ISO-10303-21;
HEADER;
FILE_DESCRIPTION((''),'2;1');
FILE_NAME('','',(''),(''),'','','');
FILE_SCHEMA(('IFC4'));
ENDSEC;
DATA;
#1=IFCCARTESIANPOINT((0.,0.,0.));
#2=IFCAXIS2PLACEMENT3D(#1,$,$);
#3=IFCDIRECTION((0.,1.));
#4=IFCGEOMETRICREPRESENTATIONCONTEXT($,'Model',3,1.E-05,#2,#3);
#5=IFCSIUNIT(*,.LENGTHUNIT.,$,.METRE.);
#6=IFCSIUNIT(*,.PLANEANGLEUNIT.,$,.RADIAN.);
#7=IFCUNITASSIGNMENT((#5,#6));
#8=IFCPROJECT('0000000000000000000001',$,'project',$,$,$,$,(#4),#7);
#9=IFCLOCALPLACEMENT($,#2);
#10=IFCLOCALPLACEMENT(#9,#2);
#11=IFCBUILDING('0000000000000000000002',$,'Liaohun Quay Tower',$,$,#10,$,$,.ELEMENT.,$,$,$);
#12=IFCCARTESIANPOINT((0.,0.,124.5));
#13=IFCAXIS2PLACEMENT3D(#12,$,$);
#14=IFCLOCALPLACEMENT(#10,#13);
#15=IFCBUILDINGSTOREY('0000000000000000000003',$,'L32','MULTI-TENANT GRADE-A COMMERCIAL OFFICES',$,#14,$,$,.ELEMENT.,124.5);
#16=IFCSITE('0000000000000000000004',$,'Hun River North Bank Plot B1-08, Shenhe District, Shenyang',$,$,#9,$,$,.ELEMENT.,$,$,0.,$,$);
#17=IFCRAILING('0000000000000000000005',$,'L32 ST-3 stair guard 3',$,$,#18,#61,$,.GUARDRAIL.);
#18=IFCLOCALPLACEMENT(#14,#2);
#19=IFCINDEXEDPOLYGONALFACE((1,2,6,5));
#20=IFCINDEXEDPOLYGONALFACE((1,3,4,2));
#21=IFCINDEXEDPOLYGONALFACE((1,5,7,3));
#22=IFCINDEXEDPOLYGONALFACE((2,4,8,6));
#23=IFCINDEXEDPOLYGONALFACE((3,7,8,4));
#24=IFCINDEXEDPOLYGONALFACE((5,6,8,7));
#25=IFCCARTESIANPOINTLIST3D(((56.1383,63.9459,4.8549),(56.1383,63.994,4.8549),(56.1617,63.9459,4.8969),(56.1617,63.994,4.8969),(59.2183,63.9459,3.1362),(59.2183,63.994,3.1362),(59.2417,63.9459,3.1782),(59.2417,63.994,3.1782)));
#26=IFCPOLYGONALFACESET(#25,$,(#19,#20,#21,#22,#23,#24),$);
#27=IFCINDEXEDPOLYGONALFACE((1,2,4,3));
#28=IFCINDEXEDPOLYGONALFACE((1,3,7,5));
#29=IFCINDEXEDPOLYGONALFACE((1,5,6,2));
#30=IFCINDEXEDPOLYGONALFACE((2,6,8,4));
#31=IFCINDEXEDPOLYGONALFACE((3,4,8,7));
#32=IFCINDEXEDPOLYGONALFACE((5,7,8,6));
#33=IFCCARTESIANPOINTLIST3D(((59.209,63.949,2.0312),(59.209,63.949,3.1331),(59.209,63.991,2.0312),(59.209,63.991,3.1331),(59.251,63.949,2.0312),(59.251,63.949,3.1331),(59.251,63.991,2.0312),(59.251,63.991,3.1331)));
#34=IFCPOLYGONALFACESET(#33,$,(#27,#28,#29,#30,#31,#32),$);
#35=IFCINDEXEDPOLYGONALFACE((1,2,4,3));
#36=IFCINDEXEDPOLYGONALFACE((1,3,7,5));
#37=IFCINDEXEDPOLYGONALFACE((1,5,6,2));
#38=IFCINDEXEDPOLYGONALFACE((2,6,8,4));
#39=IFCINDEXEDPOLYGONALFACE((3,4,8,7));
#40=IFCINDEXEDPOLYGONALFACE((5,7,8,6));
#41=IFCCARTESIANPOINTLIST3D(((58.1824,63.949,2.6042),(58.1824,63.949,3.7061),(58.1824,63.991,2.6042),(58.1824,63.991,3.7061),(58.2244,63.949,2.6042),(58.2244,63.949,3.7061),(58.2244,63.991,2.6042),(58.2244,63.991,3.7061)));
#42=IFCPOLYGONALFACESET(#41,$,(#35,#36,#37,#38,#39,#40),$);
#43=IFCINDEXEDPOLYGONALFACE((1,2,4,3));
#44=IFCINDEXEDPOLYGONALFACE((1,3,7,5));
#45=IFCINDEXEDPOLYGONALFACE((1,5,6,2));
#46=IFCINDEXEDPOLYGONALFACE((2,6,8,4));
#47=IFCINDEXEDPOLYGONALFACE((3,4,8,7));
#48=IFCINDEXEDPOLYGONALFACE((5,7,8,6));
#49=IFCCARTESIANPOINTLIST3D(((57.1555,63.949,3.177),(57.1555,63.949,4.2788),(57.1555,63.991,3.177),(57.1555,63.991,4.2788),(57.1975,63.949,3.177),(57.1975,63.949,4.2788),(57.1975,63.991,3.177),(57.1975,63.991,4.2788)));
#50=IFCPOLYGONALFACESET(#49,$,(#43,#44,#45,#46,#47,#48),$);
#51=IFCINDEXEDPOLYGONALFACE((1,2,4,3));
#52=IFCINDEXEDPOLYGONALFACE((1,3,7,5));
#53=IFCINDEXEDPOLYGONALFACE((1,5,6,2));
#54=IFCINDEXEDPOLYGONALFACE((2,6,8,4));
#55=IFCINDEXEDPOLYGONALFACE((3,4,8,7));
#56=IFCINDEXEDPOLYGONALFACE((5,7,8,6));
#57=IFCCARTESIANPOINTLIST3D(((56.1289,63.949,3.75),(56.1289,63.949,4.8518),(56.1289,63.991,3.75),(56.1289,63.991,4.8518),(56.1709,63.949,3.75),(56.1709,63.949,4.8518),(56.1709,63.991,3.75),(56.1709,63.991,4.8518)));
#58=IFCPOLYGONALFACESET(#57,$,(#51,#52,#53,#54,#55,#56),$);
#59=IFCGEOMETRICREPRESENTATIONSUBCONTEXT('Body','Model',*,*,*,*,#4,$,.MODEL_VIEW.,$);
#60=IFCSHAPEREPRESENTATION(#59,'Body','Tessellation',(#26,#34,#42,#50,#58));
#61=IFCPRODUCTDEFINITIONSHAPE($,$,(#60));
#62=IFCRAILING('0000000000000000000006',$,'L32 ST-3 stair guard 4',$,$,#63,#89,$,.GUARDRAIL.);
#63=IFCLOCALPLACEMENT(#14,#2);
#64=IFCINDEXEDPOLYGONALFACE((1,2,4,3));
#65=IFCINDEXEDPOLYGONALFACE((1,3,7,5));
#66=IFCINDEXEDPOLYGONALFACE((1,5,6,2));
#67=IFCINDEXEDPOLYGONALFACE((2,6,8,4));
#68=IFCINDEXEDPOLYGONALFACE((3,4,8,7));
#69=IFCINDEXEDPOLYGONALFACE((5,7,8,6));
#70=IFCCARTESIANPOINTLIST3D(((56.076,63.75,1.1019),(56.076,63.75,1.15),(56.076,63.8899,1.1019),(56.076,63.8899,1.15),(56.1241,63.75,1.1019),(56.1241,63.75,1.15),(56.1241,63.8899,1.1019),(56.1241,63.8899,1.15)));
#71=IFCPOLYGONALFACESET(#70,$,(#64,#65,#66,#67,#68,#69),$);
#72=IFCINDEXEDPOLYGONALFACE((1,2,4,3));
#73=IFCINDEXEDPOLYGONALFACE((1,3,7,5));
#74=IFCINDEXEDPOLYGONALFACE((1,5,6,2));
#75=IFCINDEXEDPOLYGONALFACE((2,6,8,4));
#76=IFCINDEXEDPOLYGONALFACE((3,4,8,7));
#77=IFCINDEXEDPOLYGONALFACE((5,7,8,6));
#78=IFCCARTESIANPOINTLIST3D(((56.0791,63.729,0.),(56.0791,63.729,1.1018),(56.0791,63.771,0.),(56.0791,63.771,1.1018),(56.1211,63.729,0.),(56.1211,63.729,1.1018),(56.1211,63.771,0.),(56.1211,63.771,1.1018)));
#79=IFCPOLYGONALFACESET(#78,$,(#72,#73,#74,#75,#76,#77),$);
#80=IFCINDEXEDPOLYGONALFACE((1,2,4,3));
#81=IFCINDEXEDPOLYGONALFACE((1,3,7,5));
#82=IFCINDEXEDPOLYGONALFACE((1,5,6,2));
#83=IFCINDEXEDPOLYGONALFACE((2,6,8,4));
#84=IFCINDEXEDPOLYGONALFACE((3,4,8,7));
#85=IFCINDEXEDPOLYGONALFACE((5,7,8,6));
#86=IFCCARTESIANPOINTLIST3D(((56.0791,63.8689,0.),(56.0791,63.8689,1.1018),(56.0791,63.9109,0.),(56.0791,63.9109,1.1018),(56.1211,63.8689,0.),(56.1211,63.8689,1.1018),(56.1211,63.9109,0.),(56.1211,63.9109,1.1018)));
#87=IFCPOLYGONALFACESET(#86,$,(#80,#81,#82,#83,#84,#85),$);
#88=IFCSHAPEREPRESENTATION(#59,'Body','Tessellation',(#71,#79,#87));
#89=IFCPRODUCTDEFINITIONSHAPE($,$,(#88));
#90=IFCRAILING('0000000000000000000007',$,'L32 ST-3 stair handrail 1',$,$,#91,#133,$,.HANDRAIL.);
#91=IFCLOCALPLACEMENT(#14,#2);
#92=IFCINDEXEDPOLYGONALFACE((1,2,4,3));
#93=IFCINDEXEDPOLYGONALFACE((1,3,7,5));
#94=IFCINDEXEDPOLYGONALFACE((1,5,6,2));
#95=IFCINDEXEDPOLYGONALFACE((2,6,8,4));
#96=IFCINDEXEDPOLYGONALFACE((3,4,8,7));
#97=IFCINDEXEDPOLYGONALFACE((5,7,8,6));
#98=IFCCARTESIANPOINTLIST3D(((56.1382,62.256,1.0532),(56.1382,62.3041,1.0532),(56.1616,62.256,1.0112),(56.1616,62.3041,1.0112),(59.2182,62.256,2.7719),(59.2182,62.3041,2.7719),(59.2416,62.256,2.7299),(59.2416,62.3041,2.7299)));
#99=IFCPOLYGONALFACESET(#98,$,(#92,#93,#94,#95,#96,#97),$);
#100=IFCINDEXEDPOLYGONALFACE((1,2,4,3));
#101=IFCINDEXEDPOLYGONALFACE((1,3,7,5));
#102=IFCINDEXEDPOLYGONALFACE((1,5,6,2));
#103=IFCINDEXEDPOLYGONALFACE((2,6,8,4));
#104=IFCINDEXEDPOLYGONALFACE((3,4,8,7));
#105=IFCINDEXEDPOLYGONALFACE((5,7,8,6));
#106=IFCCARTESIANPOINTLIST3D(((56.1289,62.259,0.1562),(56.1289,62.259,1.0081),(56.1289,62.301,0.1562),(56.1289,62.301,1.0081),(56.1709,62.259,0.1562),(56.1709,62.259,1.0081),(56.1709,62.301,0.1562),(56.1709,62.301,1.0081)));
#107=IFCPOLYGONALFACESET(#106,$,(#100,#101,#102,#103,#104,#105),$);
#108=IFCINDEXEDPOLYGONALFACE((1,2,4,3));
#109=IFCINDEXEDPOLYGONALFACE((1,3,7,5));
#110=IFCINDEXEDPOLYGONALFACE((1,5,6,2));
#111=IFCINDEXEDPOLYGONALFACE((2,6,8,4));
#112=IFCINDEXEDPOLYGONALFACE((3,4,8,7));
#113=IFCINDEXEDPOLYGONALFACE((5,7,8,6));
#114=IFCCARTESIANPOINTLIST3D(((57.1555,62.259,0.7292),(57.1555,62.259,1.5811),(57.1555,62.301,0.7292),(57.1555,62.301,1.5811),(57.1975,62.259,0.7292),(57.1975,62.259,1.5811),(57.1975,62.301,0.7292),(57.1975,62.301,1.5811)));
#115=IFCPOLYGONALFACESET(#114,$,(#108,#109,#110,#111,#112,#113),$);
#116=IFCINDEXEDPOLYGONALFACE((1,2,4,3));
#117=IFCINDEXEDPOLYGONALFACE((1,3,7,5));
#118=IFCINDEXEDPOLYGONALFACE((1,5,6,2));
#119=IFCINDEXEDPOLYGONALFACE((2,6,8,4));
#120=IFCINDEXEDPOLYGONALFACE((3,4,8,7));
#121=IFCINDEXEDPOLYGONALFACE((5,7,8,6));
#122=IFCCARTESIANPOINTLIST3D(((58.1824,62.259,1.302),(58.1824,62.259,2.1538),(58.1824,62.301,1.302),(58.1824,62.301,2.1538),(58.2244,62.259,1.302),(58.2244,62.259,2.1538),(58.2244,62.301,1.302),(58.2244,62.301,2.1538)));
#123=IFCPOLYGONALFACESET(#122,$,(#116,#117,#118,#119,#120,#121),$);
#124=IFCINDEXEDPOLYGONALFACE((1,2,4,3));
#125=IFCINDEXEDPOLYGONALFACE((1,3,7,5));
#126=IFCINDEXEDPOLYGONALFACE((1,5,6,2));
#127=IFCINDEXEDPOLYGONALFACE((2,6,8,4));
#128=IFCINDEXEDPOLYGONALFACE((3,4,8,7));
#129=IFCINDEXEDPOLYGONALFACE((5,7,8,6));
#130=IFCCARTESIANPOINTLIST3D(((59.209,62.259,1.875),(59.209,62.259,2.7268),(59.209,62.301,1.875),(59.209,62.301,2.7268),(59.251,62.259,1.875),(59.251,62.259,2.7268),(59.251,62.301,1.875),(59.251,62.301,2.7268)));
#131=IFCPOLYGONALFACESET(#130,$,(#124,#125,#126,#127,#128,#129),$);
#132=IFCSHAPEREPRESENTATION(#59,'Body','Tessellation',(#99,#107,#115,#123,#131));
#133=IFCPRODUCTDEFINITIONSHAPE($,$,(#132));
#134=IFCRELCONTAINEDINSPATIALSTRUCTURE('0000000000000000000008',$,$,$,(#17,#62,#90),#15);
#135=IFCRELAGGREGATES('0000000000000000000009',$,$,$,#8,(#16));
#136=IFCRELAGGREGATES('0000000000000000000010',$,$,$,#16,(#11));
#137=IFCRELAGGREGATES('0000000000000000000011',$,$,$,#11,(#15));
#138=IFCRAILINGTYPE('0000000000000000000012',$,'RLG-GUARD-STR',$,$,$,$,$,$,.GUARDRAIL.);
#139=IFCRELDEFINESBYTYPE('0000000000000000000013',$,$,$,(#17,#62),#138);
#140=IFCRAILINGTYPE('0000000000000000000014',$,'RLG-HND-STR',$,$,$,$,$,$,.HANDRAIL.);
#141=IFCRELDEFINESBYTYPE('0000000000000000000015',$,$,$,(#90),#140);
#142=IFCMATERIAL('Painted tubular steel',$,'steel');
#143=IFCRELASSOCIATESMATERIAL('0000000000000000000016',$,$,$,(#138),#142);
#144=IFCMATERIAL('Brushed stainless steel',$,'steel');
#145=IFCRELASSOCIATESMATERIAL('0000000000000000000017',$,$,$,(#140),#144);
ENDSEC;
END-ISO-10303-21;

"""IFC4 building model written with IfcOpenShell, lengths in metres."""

from ifc_helpers import new_model, si_unit, direction, frame, origin, origin_2d, place, context, subcontext, project, spatial, rectangle, extrude, material, type_object, element, save


model = new_model("IFC4")

# Units and contexts
model_context = context("Model", 3, precision=1e-05, world=origin(), true_north=direction((0.0, 1.0)))
body_context = subcontext(model_context, "Body", "Model", "MODEL_VIEW")
ifc_project = project(units=[si_unit("LENGTHUNIT", "METRE"), si_unit("PLANEANGLEUNIT", "RADIAN")], contexts=[model_context])

# Site, building, storey
site_placement = place(None, origin())
site = spatial("IfcSite", under=ifc_project, at=site_placement, Name="Hun River North Bank Plot B1-08, Shenhe District, Shenyang", CompositionType="ELEMENT", RefElevation=0.0)
building_placement = place(site_placement, origin())
building = spatial("IfcBuilding", under=site, at=building_placement, Name="Liaohun Quay Tower", CompositionType="ELEMENT")
storey_placement = place(building_placement, frame((0.0, 0.0, 124.5)))
storey = spatial("IfcBuildingStorey", under=building, at=storey_placement, Name="L32", Description="MULTI-TENANT GRADE-A COMMERCIAL OFFICES", CompositionType="ELEMENT", Elevation=124.5)

# Railings
ifc_material_1 = material(Name="Painted tubular steel", Category="steel")
railing_type_1 = type_object("IfcRailingType", Name="RLG-GUARD-STR", PredefinedType="GUARDRAIL", material=ifc_material_1)
railing_1_placement = place(storey_placement, frame((59.23, 63.97, 2.0312)))
element("IfcRailing", 1, at=railing_1_placement, inside=storey, type_object=railing_type_1, Name="L32 ST-3 stair guard 3", PredefinedType="GUARDRAIL", context=body_context, shape_type="SweptSolid", body=[
    extrude(rectangle(XDim=0.0481, YDim=0.0481, at=origin_2d()), frame((0.0, 0.0, 1.126), z_axis=(-0.873242, 0.0, 0.487288), x_axis=(0.0, -1.0, 0.0)), (0.0, 0.0, 1.0), 3.5271),
    extrude(rectangle(XDim=0.042, YDim=0.042, at=origin_2d()), origin(), (0.0, 0.0, 1.0), 1.1018),
    extrude(rectangle(XDim=0.042, YDim=0.042, at=origin_2d()), frame((-1.0266, 0.0, 0.573)), (0.0, 0.0, 1.0), 1.1018),
    extrude(rectangle(XDim=0.042, YDim=0.042, at=origin_2d()), frame((-2.0535, 0.0, 1.1458)), (0.0, 0.0, 1.0), 1.1018),
    extrude(rectangle(XDim=0.042, YDim=0.042, at=origin_2d()), frame((-3.0801, 0.0, 1.7188)), (0.0, 0.0, 1.0), 1.1018),
])
railing_2_placement = place(storey_placement, frame((56.1001, 63.75, 0.0)))
element("IfcRailing", 2, at=railing_2_placement, inside=storey, type_object=railing_type_1, Name="L32 ST-3 stair guard 4", PredefinedType="GUARDRAIL", context=body_context, shape_type="SweptSolid", body=[
    extrude(rectangle(XDim=0.0481, YDim=0.0481, at=origin_2d()), frame((0.0, 0.0, 1.126), z_axis=(0.0, 1.0, 0.0), x_axis=(-1.0, 0.0, 0.0)), (0.0, 0.0, 1.0), 0.1399),
    extrude(rectangle(XDim=0.042, YDim=0.042, at=origin_2d()), origin(), (0.0, 0.0, 1.0), 1.1018),
    extrude(rectangle(XDim=0.042, YDim=0.042, at=origin_2d()), frame((0.0, 0.1399, 0.0)), (0.0, 0.0, 1.0), 1.1018),
])
ifc_material_2 = material(Name="Brushed stainless steel", Category="steel")
railing_type_2 = type_object("IfcRailingType", Name="RLG-HND-STR", PredefinedType="HANDRAIL", material=ifc_material_2)
railing_3_placement = place(storey_placement, frame((56.1499, 62.28, 0.1562)))
element("IfcRailing", 3, at=railing_3_placement, inside=storey, type_object=railing_type_2, Name="L32 ST-3 stair handrail 1", PredefinedType="HANDRAIL", context=body_context, shape_type="SweptSolid", body=[
    extrude(rectangle(XDim=0.0481, YDim=0.0481, at=origin_2d()), frame((0.0, 0.0, 0.876), z_axis=(0.873242, 0.0, 0.487288), x_axis=(0.0, 1.0, 0.0)), (0.0, 0.0, 1.0), 3.5271),
    extrude(rectangle(XDim=0.042, YDim=0.042, at=origin_2d()), origin(), (0.0, 0.0, 1.0), 0.8518),
    extrude(rectangle(XDim=0.042, YDim=0.042, at=origin_2d()), frame((1.0266, 0.0, 0.573)), (0.0, 0.0, 1.0), 0.8518),
    extrude(rectangle(XDim=0.042, YDim=0.042, at=origin_2d()), frame((2.0535, 0.0, 1.1458)), (0.0, 0.0, 1.0), 0.8518),
    extrude(rectangle(XDim=0.042, YDim=0.042, at=origin_2d()), frame((3.0801, 0.0, 1.7188)), (0.0, 0.0, 1.0), 0.8518),
])

save(model, "model.ifc")
